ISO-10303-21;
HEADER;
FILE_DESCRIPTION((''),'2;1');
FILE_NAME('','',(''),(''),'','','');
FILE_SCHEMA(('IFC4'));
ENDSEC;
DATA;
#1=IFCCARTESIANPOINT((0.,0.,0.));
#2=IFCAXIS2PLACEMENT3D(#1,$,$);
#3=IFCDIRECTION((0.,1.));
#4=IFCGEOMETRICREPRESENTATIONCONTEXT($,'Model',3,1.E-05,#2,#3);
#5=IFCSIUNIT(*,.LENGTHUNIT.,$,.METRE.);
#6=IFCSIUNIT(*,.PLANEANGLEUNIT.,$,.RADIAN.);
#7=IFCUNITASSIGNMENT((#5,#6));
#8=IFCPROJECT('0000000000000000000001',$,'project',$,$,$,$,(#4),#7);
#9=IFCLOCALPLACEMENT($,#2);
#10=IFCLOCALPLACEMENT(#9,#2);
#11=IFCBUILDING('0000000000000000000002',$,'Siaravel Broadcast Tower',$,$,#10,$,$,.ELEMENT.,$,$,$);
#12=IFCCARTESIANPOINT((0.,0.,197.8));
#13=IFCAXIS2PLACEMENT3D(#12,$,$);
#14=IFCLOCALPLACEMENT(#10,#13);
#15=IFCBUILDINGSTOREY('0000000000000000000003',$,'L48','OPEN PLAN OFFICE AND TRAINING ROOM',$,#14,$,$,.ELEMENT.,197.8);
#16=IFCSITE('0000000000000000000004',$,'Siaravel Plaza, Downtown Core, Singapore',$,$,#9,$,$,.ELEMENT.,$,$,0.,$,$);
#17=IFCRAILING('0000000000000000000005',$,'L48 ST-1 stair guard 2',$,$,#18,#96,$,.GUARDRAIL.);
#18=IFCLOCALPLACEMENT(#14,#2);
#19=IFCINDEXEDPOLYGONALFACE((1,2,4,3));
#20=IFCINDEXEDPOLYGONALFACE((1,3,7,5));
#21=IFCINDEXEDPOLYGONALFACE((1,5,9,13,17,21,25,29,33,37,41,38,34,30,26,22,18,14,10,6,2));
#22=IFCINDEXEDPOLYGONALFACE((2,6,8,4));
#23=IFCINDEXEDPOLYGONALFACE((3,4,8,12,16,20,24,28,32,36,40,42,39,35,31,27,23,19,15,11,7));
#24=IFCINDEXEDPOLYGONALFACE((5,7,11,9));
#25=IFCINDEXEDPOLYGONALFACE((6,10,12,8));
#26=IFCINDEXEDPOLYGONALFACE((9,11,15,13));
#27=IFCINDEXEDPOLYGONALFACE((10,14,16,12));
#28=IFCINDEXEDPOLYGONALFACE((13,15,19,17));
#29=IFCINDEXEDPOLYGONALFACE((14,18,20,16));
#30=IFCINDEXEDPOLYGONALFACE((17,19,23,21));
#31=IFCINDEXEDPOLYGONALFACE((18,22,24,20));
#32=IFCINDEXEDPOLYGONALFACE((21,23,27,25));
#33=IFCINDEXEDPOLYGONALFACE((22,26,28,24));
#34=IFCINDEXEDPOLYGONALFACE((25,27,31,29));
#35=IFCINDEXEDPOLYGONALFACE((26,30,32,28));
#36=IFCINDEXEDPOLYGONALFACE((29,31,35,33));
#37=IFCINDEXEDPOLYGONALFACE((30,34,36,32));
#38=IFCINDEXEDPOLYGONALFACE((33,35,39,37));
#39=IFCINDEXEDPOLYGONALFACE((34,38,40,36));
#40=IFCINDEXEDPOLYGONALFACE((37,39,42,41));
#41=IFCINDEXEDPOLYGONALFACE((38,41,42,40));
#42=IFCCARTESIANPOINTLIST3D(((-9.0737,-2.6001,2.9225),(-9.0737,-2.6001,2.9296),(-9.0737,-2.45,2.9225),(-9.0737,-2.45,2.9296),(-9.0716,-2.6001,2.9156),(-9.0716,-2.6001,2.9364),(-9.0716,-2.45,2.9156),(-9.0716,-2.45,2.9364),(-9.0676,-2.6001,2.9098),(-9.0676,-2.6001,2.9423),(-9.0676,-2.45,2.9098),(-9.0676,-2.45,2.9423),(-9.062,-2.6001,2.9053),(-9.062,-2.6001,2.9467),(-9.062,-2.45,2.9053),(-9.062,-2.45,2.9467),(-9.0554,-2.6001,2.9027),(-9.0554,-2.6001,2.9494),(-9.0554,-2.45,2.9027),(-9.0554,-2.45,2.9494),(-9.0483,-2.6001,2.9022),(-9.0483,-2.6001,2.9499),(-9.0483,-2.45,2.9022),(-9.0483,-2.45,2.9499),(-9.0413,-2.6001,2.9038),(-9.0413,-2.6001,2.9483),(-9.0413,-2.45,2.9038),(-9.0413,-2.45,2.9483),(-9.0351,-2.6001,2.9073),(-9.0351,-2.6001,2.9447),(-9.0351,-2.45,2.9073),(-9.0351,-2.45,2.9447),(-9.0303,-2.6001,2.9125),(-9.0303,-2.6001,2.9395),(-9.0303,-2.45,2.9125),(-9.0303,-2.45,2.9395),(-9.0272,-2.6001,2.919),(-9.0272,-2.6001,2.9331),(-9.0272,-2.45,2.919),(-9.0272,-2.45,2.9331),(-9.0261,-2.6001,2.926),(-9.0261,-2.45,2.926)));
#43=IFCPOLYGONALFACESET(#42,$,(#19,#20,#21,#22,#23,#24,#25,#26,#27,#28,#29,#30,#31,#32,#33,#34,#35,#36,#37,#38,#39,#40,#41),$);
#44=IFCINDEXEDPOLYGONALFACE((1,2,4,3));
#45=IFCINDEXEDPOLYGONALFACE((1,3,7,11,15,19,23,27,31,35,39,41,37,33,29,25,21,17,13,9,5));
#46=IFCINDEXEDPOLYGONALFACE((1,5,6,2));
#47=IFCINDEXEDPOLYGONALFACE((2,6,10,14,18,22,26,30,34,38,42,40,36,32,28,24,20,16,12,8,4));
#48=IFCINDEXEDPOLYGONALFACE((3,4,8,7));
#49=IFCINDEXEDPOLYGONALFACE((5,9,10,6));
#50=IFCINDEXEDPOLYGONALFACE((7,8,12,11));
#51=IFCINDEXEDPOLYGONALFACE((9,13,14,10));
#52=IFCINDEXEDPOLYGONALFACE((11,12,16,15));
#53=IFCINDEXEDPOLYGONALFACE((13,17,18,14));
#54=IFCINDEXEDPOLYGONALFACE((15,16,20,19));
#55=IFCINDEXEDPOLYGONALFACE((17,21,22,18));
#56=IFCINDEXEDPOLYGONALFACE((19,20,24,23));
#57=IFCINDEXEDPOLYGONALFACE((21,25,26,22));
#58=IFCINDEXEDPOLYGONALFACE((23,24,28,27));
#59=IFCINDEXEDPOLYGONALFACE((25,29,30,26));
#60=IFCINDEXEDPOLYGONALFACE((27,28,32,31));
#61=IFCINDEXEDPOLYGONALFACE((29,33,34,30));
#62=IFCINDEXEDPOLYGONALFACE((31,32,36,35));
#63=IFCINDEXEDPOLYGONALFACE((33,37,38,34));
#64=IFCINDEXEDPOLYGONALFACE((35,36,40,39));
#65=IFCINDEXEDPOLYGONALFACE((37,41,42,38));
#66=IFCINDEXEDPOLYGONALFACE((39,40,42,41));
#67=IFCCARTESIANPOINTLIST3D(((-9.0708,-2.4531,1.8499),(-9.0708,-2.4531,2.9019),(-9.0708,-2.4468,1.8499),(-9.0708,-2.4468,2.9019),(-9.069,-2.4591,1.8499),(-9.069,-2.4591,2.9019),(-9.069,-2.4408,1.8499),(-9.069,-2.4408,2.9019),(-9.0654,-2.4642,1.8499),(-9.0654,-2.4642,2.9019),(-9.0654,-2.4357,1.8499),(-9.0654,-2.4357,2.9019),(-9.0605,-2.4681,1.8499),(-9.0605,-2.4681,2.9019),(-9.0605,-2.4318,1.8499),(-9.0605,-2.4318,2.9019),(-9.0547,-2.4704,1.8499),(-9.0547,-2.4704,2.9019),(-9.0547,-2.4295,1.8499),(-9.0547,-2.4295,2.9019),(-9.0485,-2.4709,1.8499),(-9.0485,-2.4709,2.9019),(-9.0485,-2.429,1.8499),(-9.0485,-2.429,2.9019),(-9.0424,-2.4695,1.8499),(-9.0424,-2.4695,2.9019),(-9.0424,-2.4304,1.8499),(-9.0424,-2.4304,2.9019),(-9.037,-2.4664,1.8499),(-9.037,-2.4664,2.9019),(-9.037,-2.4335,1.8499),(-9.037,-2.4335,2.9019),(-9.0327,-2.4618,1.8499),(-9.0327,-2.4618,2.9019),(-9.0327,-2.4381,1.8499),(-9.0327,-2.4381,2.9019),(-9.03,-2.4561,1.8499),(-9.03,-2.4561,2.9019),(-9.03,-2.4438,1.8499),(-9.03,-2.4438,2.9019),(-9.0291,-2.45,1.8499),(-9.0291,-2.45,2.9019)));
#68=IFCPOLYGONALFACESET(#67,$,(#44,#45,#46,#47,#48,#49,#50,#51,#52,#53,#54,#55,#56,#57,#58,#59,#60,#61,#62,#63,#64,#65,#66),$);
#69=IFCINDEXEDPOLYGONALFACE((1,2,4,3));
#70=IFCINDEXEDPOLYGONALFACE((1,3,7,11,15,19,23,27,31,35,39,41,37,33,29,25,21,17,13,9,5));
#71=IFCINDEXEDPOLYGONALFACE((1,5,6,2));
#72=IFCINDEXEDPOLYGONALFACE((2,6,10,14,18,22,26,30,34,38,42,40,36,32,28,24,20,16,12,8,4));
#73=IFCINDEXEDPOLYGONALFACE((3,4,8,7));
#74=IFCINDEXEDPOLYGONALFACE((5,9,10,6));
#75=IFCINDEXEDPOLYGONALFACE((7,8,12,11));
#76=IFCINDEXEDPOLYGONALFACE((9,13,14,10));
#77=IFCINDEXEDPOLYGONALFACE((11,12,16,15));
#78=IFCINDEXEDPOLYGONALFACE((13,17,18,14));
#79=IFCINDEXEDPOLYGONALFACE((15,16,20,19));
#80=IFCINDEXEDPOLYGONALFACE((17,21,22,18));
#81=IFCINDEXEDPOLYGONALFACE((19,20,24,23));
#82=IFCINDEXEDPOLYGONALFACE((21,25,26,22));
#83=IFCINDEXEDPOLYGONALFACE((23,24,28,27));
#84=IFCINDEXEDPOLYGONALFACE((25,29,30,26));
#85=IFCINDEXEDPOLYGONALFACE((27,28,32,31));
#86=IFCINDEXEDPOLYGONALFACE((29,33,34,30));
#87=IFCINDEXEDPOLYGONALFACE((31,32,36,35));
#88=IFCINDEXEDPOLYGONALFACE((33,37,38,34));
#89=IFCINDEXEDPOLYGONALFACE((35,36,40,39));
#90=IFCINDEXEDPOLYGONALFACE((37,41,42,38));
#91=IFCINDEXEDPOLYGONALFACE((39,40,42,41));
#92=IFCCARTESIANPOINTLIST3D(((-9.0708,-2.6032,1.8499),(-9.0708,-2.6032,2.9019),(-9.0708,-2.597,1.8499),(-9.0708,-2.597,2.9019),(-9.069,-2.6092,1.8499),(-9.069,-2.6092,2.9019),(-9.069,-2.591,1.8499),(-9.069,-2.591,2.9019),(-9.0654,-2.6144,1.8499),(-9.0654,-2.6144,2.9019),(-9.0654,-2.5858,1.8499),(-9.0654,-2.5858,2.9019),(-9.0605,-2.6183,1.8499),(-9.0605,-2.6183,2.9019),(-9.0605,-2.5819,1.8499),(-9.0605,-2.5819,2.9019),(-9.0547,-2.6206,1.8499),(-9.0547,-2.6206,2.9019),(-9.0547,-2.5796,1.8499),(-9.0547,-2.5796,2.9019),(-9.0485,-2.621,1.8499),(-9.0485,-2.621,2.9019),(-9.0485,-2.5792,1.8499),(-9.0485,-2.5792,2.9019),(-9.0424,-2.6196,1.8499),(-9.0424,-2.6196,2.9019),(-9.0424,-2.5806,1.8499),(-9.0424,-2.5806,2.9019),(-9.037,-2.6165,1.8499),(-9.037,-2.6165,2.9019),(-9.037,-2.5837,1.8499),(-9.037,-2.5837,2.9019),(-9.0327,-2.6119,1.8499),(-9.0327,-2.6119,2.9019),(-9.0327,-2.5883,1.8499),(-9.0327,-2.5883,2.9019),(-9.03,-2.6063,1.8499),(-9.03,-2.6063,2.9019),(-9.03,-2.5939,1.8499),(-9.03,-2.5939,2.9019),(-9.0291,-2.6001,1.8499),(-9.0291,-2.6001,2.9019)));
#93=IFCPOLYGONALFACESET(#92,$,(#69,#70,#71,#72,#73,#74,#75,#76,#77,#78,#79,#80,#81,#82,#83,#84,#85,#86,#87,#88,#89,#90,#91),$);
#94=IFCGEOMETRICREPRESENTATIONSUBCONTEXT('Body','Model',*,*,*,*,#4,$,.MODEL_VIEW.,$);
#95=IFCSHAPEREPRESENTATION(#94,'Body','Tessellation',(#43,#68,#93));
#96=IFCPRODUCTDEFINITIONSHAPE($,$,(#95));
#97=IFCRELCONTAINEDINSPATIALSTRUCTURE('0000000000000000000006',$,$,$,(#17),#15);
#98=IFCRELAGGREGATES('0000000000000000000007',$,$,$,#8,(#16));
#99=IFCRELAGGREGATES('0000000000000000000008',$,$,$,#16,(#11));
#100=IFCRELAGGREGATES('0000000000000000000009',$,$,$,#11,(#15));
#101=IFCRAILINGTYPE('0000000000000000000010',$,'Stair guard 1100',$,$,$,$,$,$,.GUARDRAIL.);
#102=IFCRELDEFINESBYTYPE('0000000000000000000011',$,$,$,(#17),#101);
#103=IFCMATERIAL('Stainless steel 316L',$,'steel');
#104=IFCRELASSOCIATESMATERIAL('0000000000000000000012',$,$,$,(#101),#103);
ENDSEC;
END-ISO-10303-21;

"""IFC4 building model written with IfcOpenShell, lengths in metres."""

from ifc_helpers import new_model, si_unit, direction, frame, origin, origin_2d, place, context, subcontext, project, spatial, circle, extrude, material, type_object, element, save


model = new_model("IFC4")

# Units and contexts
model_context = context("Model", 3, precision=1e-05, world=origin(), true_north=direction((0.0, 1.0)))
body_context = subcontext(model_context, "Body", "Model", "MODEL_VIEW")
ifc_project = project(units=[si_unit("LENGTHUNIT", "METRE"), si_unit("PLANEANGLEUNIT", "RADIAN")], contexts=[model_context])

# Site, building, storey
site_placement = place(None, origin())
site = spatial("IfcSite", under=ifc_project, at=site_placement, Name="Siaravel Plaza, Downtown Core, Singapore", CompositionType="ELEMENT", RefElevation=0.0)
building_placement = place(site_placement, origin())
building = spatial("IfcBuilding", under=site, at=building_placement, Name="Siaravel Broadcast Tower", CompositionType="ELEMENT")
storey_placement = place(building_placement, frame((0.0, 0.0, 197.8)))
storey = spatial("IfcBuildingStorey", under=building, at=storey_placement, Name="L48", Description="OPEN PLAN OFFICE AND TRAINING ROOM", CompositionType="ELEMENT", Elevation=197.8)

# Shared definitions
ifc_material_1 = material(Name="Stainless steel 316L", Category="steel")

# Railing
railing_type_1 = type_object("IfcRailingType", Name="Stair guard 1100", PredefinedType="GUARDRAIL", material=ifc_material_1)
railing_1_placement = place(storey_placement, frame((-9.05, -2.45, 1.8499)))
element("IfcRailing", 1, at=railing_1_placement, inside=storey, type_object=railing_type_1, Name="L48 ST-1 stair guard 2", PredefinedType="GUARDRAIL", context=body_context, shape_type="SweptSolid", body=[
    extrude(circle(Radius=0.0239, at=origin_2d()), frame((0.0, 0.0, 1.0762), z_axis=(0.0, -1.0, 0.0), x_axis=(1.0, 0.0, 0.0)), (0.0, 0.0, 1.0), 0.1501),
    extrude(circle(Radius=0.021, at=origin_2d()), origin(), (0.0, 0.0, 1.0), 1.052),
    extrude(circle(Radius=0.021, at=origin_2d()), frame((0.0, -0.1501, 0.0)), (0.0, 0.0, 1.0), 1.052),
])

save(model, "model.ifc")
